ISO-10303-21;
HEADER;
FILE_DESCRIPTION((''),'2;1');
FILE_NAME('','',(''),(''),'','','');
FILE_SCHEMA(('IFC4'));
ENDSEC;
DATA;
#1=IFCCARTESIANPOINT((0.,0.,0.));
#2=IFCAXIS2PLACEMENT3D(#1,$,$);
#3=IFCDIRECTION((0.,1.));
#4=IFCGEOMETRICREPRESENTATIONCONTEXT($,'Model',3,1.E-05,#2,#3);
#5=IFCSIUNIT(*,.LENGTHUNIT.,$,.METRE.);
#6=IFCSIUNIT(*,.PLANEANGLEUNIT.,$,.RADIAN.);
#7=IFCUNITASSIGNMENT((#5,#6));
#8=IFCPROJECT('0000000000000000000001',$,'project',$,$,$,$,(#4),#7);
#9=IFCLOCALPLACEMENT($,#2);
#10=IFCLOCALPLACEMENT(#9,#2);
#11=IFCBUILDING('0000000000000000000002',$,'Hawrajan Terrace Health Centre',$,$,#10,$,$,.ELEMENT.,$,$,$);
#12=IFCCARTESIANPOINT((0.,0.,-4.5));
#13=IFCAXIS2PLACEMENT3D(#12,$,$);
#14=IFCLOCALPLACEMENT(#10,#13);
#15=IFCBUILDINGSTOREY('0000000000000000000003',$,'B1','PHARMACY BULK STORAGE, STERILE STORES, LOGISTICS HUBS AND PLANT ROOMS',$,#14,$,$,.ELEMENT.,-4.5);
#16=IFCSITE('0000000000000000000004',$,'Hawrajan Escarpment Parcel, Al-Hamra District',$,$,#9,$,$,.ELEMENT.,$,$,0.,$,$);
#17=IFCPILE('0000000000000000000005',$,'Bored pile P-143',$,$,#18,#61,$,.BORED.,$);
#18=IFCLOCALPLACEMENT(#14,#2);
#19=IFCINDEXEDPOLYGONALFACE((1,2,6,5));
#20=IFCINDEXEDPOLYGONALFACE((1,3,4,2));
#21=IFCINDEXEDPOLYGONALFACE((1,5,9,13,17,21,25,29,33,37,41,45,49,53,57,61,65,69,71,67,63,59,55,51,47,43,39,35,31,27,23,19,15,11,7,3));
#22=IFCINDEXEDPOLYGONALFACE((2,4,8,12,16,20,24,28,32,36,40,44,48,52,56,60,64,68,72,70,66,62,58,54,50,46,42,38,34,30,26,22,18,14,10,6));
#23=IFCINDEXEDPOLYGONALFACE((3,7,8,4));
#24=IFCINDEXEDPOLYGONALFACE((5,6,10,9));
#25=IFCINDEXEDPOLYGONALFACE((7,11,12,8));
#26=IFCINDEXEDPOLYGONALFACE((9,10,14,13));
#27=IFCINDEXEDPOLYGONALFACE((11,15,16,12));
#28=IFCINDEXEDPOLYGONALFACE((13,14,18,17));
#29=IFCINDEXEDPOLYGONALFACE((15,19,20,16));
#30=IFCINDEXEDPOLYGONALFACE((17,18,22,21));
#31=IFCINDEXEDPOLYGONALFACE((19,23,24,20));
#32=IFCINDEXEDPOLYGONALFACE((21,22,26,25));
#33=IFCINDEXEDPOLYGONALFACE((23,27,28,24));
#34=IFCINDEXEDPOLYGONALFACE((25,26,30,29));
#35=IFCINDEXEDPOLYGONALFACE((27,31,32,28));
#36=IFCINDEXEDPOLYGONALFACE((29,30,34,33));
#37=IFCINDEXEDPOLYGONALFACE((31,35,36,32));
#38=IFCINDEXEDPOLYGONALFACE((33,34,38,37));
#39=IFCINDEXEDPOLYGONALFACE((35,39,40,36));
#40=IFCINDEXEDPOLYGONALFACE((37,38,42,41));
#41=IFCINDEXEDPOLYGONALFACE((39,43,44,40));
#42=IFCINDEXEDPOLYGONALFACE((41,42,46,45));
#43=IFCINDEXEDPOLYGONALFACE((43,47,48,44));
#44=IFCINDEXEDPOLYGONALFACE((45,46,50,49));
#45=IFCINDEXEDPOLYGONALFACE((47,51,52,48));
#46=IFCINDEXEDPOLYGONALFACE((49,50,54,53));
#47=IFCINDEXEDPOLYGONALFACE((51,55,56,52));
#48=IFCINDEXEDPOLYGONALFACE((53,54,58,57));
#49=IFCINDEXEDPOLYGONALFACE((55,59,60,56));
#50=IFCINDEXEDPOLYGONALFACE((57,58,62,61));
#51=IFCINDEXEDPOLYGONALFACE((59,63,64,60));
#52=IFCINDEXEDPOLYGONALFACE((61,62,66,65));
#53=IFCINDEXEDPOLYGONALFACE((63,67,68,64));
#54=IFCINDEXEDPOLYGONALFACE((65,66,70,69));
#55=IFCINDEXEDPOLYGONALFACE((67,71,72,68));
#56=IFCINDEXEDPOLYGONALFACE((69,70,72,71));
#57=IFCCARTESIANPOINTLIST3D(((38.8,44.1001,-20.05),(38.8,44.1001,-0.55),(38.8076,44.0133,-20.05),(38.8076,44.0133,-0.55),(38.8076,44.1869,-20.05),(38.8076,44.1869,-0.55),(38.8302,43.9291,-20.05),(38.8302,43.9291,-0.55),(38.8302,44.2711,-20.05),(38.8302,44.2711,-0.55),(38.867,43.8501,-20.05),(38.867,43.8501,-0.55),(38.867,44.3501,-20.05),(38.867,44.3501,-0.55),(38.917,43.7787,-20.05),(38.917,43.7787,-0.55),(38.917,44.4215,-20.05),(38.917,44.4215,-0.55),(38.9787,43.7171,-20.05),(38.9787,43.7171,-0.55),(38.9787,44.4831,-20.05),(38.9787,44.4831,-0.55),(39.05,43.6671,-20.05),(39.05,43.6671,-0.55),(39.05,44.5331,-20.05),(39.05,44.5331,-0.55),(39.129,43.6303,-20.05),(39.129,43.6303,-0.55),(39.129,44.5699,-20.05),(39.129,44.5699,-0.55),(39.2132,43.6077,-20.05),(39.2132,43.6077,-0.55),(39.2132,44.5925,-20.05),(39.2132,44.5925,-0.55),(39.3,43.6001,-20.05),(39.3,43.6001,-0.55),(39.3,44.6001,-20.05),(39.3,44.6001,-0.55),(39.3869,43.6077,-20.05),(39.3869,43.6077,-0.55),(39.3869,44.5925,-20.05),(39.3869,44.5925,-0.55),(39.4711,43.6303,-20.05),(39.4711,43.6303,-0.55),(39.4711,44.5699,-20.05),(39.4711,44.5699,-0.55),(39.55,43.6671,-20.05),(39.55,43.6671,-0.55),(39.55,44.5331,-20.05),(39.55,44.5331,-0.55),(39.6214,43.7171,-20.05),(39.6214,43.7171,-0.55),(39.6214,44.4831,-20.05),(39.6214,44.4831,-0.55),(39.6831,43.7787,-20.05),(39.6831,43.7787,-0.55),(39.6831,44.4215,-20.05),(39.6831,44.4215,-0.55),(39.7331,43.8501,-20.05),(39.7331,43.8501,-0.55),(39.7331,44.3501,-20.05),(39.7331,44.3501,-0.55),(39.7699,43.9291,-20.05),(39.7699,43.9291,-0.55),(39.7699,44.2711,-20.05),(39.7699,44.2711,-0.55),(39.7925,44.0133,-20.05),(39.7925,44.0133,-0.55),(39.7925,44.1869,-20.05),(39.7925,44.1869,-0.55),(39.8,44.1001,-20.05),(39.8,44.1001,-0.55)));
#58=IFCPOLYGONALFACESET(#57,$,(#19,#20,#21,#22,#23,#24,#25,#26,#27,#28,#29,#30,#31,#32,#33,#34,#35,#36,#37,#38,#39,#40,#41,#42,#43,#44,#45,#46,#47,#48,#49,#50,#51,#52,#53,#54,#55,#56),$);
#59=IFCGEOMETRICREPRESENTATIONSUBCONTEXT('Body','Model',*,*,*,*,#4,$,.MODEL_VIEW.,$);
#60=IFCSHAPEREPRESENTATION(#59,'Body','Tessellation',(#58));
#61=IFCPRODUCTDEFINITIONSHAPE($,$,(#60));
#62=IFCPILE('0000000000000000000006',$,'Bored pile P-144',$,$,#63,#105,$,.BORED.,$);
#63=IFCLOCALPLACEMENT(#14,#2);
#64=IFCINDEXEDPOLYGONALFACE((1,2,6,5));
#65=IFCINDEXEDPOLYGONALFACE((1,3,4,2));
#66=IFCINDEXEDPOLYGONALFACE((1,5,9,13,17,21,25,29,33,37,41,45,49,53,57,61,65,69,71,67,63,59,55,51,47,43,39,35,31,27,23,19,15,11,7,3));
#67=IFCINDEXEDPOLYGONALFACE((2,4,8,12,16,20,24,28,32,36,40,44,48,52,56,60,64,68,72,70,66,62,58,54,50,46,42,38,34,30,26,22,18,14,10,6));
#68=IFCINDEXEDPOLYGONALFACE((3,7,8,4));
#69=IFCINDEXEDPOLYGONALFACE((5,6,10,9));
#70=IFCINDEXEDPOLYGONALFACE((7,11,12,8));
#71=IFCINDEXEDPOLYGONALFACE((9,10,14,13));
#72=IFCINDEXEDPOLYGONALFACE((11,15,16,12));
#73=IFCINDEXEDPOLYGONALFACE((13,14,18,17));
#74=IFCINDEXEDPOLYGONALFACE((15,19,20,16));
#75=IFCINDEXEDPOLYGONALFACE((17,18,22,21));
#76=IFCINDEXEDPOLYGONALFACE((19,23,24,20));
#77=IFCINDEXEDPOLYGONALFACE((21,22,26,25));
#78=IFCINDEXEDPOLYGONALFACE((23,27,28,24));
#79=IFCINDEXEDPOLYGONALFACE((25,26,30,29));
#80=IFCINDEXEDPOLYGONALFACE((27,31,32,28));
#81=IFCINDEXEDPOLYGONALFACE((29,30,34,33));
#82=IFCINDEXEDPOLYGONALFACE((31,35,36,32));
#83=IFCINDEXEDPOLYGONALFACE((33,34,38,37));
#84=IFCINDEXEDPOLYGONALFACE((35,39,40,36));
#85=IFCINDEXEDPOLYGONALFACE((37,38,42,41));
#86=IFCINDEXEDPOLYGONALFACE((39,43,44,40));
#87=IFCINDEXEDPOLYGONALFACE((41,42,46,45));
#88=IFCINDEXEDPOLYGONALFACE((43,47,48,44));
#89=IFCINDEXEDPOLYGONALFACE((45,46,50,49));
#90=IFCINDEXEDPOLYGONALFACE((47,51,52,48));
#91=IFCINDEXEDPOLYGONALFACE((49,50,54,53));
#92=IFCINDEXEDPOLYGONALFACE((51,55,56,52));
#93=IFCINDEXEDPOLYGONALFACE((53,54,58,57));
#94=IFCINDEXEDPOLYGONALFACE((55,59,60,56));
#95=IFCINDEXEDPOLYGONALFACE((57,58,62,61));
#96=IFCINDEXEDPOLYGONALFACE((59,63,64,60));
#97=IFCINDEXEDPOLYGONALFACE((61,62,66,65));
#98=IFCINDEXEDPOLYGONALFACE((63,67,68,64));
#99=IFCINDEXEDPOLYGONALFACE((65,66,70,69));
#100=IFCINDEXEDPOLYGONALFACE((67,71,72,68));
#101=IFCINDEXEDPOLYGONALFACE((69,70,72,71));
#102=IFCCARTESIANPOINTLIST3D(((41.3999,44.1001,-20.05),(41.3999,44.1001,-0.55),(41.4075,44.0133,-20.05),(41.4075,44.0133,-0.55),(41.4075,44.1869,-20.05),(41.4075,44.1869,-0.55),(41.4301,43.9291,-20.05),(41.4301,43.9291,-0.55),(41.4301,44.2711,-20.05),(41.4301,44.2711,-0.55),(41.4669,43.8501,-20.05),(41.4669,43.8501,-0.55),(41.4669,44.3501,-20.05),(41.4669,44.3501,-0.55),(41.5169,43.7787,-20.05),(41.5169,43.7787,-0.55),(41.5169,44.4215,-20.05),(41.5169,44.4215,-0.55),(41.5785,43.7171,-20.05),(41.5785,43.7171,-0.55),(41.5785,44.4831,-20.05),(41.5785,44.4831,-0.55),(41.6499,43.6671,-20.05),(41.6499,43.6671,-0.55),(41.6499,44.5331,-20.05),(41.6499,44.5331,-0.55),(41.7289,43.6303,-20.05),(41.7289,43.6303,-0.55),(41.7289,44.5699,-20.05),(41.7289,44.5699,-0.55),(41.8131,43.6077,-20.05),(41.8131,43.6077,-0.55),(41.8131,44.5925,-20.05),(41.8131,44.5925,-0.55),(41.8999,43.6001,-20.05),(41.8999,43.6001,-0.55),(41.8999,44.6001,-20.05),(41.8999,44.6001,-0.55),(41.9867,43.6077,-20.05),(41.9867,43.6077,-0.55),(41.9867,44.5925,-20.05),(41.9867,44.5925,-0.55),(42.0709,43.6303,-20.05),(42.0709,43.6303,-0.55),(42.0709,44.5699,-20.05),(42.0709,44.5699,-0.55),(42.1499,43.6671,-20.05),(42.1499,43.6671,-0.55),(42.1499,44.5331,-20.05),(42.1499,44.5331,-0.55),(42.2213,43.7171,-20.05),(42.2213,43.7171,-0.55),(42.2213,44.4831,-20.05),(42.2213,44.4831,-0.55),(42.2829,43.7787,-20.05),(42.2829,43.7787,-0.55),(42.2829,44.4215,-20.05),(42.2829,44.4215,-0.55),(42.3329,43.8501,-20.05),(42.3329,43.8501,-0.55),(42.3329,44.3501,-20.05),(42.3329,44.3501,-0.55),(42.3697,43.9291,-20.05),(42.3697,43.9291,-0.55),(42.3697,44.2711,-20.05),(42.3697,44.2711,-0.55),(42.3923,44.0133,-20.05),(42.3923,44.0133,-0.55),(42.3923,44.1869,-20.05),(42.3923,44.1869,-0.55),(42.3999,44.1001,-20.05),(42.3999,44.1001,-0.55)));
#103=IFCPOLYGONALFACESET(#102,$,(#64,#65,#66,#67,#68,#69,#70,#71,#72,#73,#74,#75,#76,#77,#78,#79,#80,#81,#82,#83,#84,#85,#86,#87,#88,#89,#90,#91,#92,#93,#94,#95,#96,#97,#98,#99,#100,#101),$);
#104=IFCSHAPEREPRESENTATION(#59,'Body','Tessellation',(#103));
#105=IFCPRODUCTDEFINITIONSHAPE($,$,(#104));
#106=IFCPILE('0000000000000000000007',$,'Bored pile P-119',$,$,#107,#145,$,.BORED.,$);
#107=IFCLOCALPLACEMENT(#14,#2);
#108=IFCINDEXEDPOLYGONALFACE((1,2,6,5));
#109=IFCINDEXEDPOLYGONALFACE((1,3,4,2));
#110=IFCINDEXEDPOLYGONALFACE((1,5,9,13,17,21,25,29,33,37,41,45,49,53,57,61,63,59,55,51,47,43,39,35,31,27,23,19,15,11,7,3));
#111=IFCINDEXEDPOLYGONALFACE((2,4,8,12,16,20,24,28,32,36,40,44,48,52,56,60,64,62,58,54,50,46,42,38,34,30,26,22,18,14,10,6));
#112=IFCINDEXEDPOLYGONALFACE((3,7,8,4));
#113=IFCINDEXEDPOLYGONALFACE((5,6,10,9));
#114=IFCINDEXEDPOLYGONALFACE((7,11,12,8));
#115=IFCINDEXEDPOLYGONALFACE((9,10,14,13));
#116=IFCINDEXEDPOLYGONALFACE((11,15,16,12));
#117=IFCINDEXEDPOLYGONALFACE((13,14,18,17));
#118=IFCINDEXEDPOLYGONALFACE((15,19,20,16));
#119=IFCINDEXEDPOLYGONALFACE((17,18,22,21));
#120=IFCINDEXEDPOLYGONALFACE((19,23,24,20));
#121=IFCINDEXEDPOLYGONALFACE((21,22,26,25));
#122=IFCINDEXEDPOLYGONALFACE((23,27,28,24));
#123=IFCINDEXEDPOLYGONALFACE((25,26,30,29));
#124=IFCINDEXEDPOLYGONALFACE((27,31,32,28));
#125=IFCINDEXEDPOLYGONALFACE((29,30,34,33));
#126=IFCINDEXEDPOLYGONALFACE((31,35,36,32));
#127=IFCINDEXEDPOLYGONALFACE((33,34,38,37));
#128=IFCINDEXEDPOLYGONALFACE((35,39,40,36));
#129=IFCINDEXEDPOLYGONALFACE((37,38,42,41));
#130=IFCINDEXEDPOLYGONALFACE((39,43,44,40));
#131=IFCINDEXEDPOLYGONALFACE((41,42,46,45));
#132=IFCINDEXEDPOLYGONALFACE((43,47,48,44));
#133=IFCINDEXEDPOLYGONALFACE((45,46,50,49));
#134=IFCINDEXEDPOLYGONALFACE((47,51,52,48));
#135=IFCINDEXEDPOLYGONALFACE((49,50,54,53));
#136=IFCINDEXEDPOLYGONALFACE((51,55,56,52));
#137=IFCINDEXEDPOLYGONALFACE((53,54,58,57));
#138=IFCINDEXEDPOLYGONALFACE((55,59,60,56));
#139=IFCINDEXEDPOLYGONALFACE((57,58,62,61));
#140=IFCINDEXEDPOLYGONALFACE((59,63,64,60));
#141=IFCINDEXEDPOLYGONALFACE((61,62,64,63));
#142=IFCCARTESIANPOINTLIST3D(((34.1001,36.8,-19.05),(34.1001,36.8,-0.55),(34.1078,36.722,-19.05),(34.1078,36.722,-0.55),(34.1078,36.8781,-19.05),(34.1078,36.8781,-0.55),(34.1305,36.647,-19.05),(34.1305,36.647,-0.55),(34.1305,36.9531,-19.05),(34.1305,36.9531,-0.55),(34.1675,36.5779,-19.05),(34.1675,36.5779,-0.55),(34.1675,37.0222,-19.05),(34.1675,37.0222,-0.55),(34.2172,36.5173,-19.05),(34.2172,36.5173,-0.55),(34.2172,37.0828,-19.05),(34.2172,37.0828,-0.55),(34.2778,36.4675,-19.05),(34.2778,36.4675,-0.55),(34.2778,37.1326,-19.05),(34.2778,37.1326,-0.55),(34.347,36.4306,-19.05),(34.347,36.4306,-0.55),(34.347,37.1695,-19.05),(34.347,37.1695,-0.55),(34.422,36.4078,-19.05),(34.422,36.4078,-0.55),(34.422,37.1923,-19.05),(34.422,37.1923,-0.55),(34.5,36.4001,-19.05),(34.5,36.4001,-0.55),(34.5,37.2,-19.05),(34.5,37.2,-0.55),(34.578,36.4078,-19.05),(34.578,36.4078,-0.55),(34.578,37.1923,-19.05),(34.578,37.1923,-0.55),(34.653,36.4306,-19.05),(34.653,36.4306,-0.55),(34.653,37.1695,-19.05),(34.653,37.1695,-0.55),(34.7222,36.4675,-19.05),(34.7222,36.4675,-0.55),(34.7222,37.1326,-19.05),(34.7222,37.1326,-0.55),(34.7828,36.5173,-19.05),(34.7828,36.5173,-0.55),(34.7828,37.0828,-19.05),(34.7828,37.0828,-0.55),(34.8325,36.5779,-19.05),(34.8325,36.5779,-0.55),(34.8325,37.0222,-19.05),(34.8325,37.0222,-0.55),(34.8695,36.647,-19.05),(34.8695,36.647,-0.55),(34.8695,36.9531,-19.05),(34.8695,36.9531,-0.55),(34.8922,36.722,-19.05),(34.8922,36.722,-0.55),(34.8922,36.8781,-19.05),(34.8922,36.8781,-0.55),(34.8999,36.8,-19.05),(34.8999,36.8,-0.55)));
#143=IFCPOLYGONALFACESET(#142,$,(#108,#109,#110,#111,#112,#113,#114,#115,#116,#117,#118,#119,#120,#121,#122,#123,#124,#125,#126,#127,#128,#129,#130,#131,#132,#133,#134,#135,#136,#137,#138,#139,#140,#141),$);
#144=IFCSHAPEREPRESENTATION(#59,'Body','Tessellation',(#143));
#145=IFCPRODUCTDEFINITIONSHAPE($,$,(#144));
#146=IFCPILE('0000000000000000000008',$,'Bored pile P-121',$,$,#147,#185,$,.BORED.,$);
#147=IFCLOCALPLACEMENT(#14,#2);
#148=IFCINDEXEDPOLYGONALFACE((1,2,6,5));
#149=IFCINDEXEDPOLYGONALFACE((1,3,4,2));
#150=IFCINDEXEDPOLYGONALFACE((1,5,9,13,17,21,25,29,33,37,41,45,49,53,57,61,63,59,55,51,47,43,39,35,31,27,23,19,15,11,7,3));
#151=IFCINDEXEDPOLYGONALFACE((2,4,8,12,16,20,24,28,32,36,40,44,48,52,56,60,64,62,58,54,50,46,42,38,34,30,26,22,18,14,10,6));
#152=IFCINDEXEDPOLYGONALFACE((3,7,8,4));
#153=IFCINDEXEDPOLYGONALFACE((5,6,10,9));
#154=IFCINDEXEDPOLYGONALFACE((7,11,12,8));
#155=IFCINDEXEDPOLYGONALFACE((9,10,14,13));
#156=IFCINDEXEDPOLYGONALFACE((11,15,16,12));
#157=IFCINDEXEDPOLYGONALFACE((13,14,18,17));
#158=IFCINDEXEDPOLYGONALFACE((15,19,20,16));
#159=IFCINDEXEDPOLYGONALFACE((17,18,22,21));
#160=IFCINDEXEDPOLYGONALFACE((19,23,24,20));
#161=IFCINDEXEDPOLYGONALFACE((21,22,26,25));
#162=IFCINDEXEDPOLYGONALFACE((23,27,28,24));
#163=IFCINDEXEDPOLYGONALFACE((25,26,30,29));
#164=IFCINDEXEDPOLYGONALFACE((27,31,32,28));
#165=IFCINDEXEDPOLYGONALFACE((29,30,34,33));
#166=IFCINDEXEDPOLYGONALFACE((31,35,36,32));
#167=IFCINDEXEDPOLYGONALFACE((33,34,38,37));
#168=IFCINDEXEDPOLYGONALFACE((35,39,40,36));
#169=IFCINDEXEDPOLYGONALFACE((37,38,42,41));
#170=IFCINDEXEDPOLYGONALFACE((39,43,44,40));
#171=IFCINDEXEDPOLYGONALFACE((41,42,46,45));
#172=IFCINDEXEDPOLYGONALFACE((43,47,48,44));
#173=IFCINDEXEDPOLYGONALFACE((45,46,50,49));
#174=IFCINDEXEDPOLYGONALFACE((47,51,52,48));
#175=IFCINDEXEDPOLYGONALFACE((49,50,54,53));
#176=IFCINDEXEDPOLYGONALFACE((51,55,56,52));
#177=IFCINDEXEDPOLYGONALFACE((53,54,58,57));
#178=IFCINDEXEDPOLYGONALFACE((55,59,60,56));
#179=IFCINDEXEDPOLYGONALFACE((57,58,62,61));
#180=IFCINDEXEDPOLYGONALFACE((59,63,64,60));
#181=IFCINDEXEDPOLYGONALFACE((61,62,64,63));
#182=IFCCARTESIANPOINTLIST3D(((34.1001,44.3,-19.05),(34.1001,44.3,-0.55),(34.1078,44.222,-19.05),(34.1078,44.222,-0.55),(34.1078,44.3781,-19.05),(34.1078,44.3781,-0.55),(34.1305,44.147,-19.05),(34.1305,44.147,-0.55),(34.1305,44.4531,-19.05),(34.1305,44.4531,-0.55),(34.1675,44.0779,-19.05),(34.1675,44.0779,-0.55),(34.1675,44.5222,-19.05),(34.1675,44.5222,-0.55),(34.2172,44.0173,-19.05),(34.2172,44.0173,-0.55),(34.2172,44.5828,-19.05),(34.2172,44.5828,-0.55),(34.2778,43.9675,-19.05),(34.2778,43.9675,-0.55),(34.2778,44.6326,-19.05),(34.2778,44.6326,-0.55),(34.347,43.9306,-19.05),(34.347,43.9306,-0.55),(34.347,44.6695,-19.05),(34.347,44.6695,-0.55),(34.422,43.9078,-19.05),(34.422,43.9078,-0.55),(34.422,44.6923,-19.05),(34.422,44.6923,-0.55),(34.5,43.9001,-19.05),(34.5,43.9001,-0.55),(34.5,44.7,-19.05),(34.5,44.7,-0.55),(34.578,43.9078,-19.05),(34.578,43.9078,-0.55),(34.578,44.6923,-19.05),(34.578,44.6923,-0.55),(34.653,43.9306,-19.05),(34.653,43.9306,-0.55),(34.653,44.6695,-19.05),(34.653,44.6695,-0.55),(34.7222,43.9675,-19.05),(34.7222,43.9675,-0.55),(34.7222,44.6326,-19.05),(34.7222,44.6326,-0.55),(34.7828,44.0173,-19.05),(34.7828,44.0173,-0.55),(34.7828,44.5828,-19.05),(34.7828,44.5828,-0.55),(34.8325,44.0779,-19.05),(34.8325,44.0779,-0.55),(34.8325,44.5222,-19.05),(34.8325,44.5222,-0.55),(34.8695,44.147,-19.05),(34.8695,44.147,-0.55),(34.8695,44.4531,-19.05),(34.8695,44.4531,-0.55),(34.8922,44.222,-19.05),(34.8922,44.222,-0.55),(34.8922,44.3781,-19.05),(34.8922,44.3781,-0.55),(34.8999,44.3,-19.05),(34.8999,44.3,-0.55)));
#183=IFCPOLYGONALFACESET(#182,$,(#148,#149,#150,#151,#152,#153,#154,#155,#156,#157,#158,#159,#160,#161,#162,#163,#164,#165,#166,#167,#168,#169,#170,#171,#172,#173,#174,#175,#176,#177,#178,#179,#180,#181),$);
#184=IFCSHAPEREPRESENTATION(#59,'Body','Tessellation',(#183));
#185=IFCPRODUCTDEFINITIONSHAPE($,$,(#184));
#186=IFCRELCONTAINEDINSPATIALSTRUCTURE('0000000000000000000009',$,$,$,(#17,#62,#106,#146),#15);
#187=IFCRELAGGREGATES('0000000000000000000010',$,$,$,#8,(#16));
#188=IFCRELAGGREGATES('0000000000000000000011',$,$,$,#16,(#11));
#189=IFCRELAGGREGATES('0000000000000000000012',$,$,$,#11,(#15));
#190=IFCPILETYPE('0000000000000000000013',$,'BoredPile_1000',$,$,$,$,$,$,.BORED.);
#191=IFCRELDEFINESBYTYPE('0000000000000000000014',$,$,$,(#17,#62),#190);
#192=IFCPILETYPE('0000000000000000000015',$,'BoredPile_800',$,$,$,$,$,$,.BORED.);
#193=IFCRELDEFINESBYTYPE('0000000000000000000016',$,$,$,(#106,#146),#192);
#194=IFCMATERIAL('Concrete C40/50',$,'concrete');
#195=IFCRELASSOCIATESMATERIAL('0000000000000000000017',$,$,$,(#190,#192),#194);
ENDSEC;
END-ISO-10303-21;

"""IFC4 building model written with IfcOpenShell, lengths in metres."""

from ifc_helpers import new_model, si_unit, direction, frame, origin, origin_2d, place, context, subcontext, project, spatial, circle, extrude, material, material_profile, profile_set, type_object, element, save


model = new_model("IFC4")

# Units and contexts
model_context = context("Model", 3, precision=1e-05, world=origin(), true_north=direction((0.0, 1.0)))
body_context = subcontext(model_context, "Body", "Model", "MODEL_VIEW")
ifc_project = project(units=[si_unit("LENGTHUNIT", "METRE"), si_unit("PLANEANGLEUNIT", "RADIAN")], contexts=[model_context])

# Site, building, storey
site_placement = place(None, origin())
site = spatial("IfcSite", under=ifc_project, at=site_placement, Name="Hawrajan Escarpment Parcel, Al-Hamra District", CompositionType="ELEMENT", RefElevation=0.0)
building_placement = place(site_placement, origin())
building = spatial("IfcBuilding", under=site, at=building_placement, Name="Hawrajan Terrace Health Centre", CompositionType="ELEMENT")
storey_placement = place(building_placement, frame((0.0, 0.0, -4.5)))
storey = spatial("IfcBuildingStorey", under=building, at=storey_placement, Name="B1", Description="PHARMACY BULK STORAGE, STERILE STORES, LOGISTICS HUBS AND PLANT ROOMS", CompositionType="ELEMENT", Elevation=-4.5)

# Piles
ifc_material_1 = material(Name="Concrete C40/50", Category="concrete")
ifc_material_profile_1 = material_profile(ifc_material_1, circle(Radius=0.5, at=origin_2d()), Name="BP 1000")
ifc_profile_set_1 = profile_set([ifc_material_profile_1], Name="Concrete C40/50")
pile_type_1 = type_object("IfcPileType", Name="BoredPile_1000", PredefinedType="BORED", material=ifc_profile_set_1)
for number, where, z_axis, x_axis, name in (
    (1, (39.3, 44.1001, -0.55), (0.0, 0.0, -1.0), (1.0, 0.0, 0.0), "Bored pile P-143"),
    (2, (41.8999, 44.1001, -0.55), (0.0, 0.0, -1.0), (1.0, 0.0, 0.0), "Bored pile P-144"),
):
    element("IfcPile", number, at=place(storey_placement, frame(where, z_axis=z_axis, x_axis=x_axis)), inside=storey, type_object=pile_type_1, Name=name, PredefinedType="BORED", context=body_context, shape_type="SweptSolid", body=[
        extrude(circle(Radius=0.5, at=origin_2d()), origin(), (0.0, 0.0, 1.0), 19.5),
    ])
ifc_material_profile_2 = material_profile(ifc_material_1, circle(Radius=0.3999, at=origin_2d()), Name="BP 800")
ifc_profile_set_2 = profile_set([ifc_material_profile_2], Name="Concrete C40/50")
pile_type_2 = type_object("IfcPileType", Name="BoredPile_800", PredefinedType="BORED", material=ifc_profile_set_2)
for number, where, z_axis, x_axis, name in (
    (3, (34.5, 36.8, -0.55), (0.0, 0.0, -1.0), (1.0, 0.0, 0.0), "Bored pile P-119"),
    (4, (34.5, 44.3, -0.55), (0.0, 0.0, -1.0), (1.0, 0.0, 0.0), "Bored pile P-121"),
):
    element("IfcPile", number, at=place(storey_placement, frame(where, z_axis=z_axis, x_axis=x_axis)), inside=storey, type_object=pile_type_2, Name=name, PredefinedType="BORED", context=body_context, shape_type="SweptSolid", body=[
        extrude(circle(Radius=0.3999, at=origin_2d()), origin(), (0.0, 0.0, 1.0), 18.5),
    ])

save(model, "model.ifc")
